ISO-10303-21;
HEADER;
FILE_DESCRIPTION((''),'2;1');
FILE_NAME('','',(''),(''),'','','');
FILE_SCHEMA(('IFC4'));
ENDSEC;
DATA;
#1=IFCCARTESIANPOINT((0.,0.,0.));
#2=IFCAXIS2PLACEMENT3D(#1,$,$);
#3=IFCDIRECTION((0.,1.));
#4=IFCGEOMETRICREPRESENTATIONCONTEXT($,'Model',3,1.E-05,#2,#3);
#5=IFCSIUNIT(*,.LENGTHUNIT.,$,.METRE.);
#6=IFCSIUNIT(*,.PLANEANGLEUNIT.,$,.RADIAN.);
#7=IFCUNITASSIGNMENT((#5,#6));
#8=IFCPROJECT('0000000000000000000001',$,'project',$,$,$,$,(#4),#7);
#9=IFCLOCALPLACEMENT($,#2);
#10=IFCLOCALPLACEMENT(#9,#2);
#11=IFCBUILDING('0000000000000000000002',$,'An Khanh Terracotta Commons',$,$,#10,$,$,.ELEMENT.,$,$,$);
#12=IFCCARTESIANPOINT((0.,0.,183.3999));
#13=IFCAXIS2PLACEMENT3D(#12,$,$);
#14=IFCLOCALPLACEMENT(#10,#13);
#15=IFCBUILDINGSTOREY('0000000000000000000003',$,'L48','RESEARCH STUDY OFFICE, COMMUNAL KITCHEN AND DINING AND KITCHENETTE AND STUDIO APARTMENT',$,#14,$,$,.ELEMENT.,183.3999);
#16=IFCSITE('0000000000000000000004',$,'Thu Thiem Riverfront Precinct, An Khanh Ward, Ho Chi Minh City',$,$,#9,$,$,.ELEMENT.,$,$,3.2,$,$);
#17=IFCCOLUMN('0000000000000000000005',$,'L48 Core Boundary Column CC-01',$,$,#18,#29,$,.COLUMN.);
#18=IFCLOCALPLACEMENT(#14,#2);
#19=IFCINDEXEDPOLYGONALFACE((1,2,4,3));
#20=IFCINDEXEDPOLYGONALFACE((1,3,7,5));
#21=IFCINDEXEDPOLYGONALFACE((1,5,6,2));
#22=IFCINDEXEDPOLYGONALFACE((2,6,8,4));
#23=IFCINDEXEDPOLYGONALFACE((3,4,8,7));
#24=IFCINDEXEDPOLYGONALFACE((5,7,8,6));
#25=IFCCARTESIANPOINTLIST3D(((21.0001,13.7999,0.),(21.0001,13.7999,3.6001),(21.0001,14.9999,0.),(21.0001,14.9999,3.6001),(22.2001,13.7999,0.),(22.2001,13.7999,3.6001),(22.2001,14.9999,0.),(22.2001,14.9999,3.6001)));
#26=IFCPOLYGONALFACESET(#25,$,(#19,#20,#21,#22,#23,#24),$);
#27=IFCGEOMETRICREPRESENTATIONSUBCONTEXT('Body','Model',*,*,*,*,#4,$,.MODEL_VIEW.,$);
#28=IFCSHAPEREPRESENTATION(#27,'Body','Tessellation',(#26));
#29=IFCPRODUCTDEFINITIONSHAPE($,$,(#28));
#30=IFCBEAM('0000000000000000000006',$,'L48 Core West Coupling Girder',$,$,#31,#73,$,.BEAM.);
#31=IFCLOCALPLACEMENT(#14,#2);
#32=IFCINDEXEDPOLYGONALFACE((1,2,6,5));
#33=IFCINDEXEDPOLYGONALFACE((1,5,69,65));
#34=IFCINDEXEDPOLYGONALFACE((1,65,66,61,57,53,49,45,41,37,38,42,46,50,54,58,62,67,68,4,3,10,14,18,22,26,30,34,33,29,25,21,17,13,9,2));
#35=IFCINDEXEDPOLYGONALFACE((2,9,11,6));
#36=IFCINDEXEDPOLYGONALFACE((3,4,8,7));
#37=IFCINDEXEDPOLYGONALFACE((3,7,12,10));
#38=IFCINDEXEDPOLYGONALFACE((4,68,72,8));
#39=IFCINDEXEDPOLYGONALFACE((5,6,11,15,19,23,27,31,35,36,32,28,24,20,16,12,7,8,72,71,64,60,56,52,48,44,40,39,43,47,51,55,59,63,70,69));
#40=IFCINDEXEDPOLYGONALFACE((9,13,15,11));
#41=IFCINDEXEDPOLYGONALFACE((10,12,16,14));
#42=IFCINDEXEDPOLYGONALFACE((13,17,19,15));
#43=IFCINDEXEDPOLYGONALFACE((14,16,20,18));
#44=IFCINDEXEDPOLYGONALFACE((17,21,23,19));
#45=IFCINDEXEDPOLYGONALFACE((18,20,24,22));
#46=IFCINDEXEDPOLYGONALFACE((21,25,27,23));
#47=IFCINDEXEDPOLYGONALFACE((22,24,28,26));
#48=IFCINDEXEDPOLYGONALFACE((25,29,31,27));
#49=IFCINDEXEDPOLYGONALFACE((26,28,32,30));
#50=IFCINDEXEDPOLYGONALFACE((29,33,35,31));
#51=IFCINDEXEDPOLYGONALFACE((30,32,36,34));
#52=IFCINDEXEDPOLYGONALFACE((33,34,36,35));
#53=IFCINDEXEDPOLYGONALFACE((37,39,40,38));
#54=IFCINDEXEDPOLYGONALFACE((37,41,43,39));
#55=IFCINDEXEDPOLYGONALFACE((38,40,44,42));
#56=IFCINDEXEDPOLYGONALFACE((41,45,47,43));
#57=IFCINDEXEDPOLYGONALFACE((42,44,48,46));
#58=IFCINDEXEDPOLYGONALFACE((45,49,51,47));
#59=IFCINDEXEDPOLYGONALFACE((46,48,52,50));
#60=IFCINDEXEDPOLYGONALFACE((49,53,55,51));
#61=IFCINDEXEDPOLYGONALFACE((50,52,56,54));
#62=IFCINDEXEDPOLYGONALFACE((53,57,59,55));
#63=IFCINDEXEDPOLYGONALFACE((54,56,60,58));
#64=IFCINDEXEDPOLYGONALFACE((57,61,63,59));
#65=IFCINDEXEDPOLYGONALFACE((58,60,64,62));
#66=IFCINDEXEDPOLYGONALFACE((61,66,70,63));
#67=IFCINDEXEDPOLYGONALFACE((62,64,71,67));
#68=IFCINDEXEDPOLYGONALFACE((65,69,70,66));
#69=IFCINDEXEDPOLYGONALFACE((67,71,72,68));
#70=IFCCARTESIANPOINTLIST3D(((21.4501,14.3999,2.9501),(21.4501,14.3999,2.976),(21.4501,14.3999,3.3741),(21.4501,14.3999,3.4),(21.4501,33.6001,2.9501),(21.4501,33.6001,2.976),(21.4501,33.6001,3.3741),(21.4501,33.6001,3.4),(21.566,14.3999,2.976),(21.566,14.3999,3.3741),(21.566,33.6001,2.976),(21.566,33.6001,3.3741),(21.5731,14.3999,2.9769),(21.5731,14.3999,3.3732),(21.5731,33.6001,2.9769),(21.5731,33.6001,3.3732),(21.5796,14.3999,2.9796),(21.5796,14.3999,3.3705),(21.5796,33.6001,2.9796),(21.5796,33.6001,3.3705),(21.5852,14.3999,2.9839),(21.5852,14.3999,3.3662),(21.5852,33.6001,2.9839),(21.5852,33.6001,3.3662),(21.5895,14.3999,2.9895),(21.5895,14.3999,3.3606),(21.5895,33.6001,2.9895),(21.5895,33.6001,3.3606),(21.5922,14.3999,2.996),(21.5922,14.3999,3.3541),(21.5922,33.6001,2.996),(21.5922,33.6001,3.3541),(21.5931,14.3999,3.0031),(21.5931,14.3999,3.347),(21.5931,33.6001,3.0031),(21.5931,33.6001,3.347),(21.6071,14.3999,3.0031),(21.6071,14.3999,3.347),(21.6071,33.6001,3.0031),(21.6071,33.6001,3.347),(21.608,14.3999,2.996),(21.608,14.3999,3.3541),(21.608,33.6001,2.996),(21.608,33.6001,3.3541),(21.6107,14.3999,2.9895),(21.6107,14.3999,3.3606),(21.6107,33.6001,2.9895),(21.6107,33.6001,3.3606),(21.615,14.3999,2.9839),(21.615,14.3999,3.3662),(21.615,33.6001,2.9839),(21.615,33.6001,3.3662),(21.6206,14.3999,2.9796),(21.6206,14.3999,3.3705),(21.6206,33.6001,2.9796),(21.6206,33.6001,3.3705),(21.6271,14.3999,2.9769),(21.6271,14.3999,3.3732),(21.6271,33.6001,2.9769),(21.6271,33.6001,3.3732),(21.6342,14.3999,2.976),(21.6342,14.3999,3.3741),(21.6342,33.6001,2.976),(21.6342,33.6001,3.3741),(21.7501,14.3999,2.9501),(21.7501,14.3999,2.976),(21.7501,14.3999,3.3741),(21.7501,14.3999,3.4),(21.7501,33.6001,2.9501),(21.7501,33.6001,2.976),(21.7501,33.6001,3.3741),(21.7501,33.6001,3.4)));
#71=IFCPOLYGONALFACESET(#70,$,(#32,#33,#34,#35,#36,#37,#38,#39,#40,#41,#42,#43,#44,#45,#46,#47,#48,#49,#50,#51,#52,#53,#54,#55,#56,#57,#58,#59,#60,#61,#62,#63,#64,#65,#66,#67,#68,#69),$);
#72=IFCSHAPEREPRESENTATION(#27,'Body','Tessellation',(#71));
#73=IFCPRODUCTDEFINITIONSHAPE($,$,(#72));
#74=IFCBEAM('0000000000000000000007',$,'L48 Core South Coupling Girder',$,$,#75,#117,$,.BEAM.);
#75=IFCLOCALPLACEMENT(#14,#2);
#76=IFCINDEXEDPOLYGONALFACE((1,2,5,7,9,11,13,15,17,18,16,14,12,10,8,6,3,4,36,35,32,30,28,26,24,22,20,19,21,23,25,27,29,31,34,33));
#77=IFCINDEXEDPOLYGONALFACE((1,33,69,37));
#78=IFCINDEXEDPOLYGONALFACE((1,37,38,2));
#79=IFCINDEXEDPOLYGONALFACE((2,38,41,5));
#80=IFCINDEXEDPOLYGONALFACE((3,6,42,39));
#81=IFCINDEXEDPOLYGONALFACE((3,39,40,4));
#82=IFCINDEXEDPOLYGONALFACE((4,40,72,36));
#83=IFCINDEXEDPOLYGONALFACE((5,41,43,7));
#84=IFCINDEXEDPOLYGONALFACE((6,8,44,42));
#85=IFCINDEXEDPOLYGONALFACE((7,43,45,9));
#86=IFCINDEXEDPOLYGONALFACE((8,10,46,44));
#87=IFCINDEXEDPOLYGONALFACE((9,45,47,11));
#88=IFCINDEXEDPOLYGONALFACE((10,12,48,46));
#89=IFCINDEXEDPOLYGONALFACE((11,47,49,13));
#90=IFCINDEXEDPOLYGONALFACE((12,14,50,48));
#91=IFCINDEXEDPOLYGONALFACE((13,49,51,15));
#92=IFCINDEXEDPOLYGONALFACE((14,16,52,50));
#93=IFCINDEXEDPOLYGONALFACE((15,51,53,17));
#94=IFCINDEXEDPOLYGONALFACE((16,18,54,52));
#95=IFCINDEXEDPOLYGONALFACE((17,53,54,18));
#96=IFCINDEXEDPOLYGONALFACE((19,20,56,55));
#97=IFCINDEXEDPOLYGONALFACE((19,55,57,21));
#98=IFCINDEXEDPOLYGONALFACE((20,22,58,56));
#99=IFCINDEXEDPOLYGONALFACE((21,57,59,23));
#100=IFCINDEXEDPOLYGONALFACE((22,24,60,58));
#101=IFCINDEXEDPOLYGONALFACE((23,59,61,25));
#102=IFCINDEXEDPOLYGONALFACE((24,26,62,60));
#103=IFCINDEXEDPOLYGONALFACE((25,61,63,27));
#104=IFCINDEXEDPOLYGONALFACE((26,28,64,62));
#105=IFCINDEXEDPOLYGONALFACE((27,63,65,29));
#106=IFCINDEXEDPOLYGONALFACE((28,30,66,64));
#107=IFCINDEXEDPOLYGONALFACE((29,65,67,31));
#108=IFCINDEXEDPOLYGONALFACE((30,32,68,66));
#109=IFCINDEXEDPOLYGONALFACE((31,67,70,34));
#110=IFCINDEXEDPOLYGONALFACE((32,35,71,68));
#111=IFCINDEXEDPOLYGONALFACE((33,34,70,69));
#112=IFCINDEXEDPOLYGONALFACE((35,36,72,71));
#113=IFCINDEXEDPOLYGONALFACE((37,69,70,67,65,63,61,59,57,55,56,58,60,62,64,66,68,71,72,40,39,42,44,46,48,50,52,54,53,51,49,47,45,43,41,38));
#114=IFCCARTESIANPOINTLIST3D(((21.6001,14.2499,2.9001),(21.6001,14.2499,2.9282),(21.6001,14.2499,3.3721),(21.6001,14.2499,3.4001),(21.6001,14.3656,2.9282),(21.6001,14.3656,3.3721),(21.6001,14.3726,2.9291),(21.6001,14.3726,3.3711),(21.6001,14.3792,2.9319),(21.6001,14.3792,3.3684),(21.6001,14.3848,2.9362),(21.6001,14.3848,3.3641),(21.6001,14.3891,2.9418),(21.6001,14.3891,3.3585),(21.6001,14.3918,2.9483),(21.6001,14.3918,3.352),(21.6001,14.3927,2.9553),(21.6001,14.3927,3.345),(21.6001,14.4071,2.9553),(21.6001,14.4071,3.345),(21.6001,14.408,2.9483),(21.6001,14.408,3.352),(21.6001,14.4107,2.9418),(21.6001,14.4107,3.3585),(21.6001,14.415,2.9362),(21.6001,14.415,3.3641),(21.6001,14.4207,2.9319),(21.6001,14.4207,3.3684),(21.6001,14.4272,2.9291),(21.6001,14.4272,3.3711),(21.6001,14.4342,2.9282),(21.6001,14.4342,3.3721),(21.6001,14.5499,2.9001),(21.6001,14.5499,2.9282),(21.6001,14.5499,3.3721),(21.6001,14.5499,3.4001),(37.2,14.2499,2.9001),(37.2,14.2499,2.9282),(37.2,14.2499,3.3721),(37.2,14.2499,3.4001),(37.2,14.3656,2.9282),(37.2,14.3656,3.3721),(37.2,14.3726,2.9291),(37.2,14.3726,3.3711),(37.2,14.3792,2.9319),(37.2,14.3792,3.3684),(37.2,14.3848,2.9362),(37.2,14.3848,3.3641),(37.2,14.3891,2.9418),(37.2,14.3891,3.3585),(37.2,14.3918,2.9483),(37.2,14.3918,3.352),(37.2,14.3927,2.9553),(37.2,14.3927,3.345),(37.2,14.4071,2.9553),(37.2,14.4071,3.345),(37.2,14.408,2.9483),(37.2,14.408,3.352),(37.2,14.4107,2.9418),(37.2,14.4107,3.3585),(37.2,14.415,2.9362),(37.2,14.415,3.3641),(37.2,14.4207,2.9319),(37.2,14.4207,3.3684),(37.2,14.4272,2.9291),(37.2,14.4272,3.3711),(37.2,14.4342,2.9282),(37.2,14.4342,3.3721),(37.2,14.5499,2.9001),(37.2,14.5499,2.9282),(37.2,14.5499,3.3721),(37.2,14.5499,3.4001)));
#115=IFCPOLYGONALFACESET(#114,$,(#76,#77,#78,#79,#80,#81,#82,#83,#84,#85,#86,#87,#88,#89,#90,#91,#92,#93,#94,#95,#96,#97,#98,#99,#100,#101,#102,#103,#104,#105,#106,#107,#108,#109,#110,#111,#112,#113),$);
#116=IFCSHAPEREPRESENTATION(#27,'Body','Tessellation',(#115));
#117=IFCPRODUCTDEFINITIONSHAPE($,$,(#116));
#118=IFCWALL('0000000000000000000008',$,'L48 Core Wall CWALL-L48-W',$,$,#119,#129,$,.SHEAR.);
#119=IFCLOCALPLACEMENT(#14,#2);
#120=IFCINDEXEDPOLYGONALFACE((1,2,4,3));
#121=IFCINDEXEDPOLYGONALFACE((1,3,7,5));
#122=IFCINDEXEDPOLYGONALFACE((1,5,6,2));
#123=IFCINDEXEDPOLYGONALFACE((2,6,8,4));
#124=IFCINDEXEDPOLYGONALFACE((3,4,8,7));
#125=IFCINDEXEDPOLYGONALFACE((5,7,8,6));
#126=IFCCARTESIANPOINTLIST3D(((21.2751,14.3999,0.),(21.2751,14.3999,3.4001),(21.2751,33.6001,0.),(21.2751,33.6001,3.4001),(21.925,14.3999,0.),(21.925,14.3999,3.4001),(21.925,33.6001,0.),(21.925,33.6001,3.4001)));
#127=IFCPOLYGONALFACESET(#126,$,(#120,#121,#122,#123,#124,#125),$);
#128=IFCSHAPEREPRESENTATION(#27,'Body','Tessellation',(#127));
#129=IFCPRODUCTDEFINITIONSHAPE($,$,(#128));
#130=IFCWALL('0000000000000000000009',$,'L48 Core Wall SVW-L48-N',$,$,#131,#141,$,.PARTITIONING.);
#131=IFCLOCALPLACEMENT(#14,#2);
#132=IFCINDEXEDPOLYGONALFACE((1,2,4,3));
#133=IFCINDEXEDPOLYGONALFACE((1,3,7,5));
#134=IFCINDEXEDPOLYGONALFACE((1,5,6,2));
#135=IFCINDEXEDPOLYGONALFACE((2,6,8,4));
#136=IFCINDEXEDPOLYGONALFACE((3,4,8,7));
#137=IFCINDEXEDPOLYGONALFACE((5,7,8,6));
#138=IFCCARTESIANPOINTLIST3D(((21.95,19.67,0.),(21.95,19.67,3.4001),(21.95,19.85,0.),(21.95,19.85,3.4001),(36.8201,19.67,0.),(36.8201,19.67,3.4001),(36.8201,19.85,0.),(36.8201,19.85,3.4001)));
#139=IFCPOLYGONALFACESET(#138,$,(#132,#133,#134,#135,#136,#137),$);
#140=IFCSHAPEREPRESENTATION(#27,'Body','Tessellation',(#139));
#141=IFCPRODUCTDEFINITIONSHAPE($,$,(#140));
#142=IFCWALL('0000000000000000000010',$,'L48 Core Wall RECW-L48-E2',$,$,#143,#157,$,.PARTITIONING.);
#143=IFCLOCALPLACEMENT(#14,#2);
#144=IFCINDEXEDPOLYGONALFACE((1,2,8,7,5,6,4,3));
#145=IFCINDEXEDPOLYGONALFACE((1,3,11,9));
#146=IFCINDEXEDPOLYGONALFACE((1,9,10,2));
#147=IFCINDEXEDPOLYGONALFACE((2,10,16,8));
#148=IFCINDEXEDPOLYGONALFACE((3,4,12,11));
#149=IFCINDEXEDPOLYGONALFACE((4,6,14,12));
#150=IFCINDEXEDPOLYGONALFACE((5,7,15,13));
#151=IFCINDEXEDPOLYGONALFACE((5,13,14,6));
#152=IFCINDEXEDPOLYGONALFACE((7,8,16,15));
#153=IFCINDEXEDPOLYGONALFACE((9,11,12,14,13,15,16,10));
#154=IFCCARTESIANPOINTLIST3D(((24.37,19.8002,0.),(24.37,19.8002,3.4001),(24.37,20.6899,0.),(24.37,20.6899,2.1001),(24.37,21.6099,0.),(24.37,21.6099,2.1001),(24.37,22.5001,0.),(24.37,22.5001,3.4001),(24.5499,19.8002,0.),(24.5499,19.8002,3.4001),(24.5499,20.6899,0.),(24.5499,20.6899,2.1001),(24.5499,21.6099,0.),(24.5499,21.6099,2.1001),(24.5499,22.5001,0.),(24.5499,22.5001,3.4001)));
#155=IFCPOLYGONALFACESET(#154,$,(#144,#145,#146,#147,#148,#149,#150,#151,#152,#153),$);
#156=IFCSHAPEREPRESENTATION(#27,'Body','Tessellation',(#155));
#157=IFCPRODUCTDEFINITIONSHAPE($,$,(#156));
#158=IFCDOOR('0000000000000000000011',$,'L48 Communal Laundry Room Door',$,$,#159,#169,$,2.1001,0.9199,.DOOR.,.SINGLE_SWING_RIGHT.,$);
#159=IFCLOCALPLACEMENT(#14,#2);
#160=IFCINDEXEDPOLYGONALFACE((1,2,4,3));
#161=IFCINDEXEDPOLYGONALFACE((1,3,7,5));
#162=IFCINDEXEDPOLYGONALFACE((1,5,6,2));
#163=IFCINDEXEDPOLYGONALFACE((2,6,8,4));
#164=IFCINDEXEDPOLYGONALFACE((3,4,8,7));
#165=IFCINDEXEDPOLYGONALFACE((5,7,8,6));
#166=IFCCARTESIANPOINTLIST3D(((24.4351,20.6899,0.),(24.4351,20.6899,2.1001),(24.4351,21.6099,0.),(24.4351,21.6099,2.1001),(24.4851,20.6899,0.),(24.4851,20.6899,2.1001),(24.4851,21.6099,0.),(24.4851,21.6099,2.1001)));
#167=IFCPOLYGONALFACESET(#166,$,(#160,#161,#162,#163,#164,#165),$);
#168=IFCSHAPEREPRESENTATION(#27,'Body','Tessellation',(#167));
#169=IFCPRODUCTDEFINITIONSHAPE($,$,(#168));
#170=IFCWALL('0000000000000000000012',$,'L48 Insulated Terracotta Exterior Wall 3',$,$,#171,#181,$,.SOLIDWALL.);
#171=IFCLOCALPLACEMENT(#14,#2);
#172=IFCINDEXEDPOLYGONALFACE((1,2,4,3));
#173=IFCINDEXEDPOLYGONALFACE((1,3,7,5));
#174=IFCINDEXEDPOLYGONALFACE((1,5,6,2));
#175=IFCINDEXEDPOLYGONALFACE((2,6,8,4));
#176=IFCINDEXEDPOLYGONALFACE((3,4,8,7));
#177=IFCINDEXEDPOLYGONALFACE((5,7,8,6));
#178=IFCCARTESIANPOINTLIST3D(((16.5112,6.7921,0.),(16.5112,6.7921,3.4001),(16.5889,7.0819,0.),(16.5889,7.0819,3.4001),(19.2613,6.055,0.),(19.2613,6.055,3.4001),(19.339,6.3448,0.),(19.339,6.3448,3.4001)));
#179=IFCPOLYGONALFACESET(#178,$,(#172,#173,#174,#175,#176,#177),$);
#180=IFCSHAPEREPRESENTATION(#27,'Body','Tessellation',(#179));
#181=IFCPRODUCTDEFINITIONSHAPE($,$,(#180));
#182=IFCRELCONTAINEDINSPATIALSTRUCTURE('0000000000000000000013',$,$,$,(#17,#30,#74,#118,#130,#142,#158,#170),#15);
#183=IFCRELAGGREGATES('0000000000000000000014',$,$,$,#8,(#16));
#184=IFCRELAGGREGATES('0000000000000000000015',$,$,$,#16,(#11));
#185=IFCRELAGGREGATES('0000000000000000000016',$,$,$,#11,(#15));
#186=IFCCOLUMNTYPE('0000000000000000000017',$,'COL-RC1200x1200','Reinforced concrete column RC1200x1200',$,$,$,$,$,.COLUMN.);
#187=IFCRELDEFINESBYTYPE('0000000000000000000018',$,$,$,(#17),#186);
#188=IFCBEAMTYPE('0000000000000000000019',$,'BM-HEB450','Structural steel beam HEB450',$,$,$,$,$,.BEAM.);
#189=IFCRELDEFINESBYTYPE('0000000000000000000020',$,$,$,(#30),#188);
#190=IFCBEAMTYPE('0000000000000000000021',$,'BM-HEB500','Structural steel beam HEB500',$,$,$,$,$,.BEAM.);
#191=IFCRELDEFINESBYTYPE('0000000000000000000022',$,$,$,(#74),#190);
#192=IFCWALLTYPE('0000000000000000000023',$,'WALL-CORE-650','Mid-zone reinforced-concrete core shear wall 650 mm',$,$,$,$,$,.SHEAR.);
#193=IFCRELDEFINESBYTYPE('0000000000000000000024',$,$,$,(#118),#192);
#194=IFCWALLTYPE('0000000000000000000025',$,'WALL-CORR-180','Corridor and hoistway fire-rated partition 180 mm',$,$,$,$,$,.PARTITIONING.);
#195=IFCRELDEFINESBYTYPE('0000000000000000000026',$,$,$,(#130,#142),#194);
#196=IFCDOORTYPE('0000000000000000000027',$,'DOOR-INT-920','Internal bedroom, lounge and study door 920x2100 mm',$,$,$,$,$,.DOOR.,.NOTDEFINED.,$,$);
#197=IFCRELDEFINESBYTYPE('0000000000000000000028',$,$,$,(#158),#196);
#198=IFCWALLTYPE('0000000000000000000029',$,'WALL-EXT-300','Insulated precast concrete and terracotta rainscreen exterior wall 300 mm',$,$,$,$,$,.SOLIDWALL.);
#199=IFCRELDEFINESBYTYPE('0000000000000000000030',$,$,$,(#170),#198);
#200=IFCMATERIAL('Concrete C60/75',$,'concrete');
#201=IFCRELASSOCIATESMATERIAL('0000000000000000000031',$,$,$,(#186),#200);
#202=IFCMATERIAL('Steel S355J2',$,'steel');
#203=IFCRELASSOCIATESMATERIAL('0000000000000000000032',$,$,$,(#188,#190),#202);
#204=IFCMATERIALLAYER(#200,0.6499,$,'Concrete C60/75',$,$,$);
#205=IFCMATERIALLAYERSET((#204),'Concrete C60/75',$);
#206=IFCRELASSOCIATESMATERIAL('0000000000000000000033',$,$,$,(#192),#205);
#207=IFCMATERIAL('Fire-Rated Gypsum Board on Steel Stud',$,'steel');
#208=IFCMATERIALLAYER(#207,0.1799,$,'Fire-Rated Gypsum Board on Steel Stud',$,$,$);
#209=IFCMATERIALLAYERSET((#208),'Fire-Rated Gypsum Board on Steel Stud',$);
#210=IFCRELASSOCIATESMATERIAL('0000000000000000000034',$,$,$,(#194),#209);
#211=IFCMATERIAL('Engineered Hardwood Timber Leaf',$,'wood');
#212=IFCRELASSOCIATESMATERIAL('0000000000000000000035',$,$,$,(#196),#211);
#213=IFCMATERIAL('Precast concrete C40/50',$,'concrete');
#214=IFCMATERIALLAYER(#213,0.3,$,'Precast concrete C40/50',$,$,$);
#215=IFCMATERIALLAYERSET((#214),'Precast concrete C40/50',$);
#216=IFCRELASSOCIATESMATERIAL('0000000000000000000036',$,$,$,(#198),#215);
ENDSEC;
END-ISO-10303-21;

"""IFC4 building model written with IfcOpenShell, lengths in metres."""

from ifc_helpers import new_model, si_unit, direction, frame, frame_2d, origin, origin_2d, place, context, subcontext, project, spatial, rectangle, i_section, extrude, material, layer, layer_set, material_profile, profile_set, type_object, element, fill, save


model = new_model("IFC4")

# Units and contexts
model_context = context("Model", 3, precision=1e-05, world=origin(), true_north=direction((0.0, 1.0)))
body_context = subcontext(model_context, "Body", "Model", "MODEL_VIEW")
ifc_project = project(units=[si_unit("LENGTHUNIT", "METRE"), si_unit("PLANEANGLEUNIT", "RADIAN")], contexts=[model_context])

# Site, building, storey
site_placement = place(None, origin())
site = spatial("IfcSite", under=ifc_project, at=site_placement, Name="Thu Thiem Riverfront Precinct, An Khanh Ward, Ho Chi Minh City", CompositionType="ELEMENT", RefElevation=3.2)
building_placement = place(site_placement, origin())
building = spatial("IfcBuilding", under=site, at=building_placement, Name="An Khanh Terracotta Commons", CompositionType="ELEMENT")
storey_placement = place(building_placement, frame((0.0, 0.0, 183.3999)))
storey = spatial("IfcBuildingStorey", under=building, at=storey_placement, Name="L48", Description="RESEARCH STUDY OFFICE, COMMUNAL KITCHEN AND DINING AND KITCHENETTE AND STUDIO APARTMENT", CompositionType="ELEMENT", Elevation=183.3999)

# Column
ifc_material_1 = material(Name="Concrete C60/75", Category="concrete")
ifc_material_profile_1 = material_profile(ifc_material_1, rectangle(XDim=1.2, YDim=1.2, at=origin_2d()), Name="RC1200x1200")
ifc_profile_set_1 = profile_set([ifc_material_profile_1], Name="Concrete C60/75")
column_type = type_object("IfcColumnType", Name="COL-RC1200x1200", Description="Reinforced concrete column RC1200x1200", PredefinedType="COLUMN", material=ifc_profile_set_1)
column_placement = place(storey_placement, frame((21.6001, 14.3999, 0.0), z_axis=(0.0, 0.0, 1.0), x_axis=(1.0, 0.0, 0.0)))
element("IfcColumn", 1, at=column_placement, inside=storey, type_object=column_type, Name="L48 Core Boundary Column CC-01", PredefinedType="COLUMN", context=body_context, shape_type="SweptSolid", body=[
    extrude(rectangle(XDim=1.2, YDim=1.2, at=origin_2d()), origin(), (0.0, 0.0, 1.0), 3.6001),
])

# Beams
ifc_material_2 = material(Name="Steel S355J2", Category="steel")
ifc_material_profile_2 = material_profile(ifc_material_2, i_section(OverallWidth=0.3, OverallDepth=0.45, WebThickness=0.0139, FlangeThickness=0.0259, FilletRadius=0.0271, at=origin_2d()), Name="HEB450")
ifc_profile_set_2 = profile_set([ifc_material_profile_2], Name="Steel S355J2")
beam_type_1 = type_object("IfcBeamType", Name="BM-HEB450", Description="Structural steel beam HEB450", PredefinedType="BEAM", material=ifc_profile_set_2)
beam_1_placement = place(storey_placement, frame((21.6001, 14.3999, 3.175), z_axis=(0.0, 1.0, 0.0), x_axis=(-1.0, 0.0, 0.0)))
element("IfcBeam", 2, at=beam_1_placement, inside=storey, type_object=beam_type_1, Name="L48 Core West Coupling Girder", PredefinedType="BEAM", context=body_context, shape_type="SweptSolid", body=[
    extrude(i_section(OverallWidth=0.3, OverallDepth=0.45, WebThickness=0.0139, FlangeThickness=0.0259, FilletRadius=0.0271, at=origin_2d()), origin(), (0.0, 0.0, 1.0), 19.2002),
])
ifc_material_profile_3 = material_profile(ifc_material_2, i_section(OverallWidth=0.3, OverallDepth=0.5, WebThickness=0.0144, FlangeThickness=0.0281, FilletRadius=0.0271, at=origin_2d()), Name="HEB500")
ifc_profile_set_3 = profile_set([ifc_material_profile_3], Name="Steel S355J2")
beam_type_2 = type_object("IfcBeamType", Name="BM-HEB500", Description="Structural steel beam HEB500", PredefinedType="BEAM", material=ifc_profile_set_3)
beam_2_placement = place(storey_placement, frame((21.6001, 14.3999, 3.1501), z_axis=(1.0, 0.0, 0.0), x_axis=(0.0, 1.0, 0.0)))
element("IfcBeam", 3, at=beam_2_placement, inside=storey, type_object=beam_type_2, Name="L48 Core South Coupling Girder", PredefinedType="BEAM", context=body_context, shape_type="SweptSolid", body=[
    extrude(i_section(OverallWidth=0.3, OverallDepth=0.5, WebThickness=0.0144, FlangeThickness=0.0281, FilletRadius=0.0271, at=origin_2d()), origin(), (0.0, 0.0, 1.0), 15.5999),
])

# Walls
ifc_layer_1 = layer(ifc_material_1, 0.6499, Name="Concrete C60/75")
ifc_layer_set_1 = layer_set([ifc_layer_1], Name="Concrete C60/75")
wall_type_1 = type_object("IfcWallType", Name="WALL-CORE-650", Description="Mid-zone reinforced-concrete core shear wall 650 mm", PredefinedType="SHEAR", material=ifc_layer_set_1)
wall_1_placement = place(storey_placement, frame((21.6001, 14.3999, 0.0), z_axis=(0.0, 0.0, 1.0), x_axis=(0.0, 1.0, 0.0)))
element("IfcWall", 4, at=wall_1_placement, inside=storey, type_object=wall_type_1, Name="L48 Core Wall CWALL-L48-W", PredefinedType="SHEAR", context=body_context, shape_type="SweptSolid", body=[
    extrude(rectangle(XDim=19.2002, YDim=0.6499, at=frame_2d((9.6001, 0.0))), origin(), (0.0, 0.0, 1.0), 3.4001),
])
ifc_material_3 = material(Name="Fire-Rated Gypsum Board on Steel Stud", Category="steel")
ifc_layer_2 = layer(ifc_material_3, 0.1799, Name="Fire-Rated Gypsum Board on Steel Stud")
ifc_layer_set_2 = layer_set([ifc_layer_2], Name="Fire-Rated Gypsum Board on Steel Stud")
wall_type_2 = type_object("IfcWallType", Name="WALL-CORR-180", Description="Corridor and hoistway fire-rated partition 180 mm", PredefinedType="PARTITIONING", material=ifc_layer_set_2)
wall_2_placement = place(storey_placement, frame((21.95, 19.76, 0.0), z_axis=(0.0, 0.0, 1.0), x_axis=(1.0, 0.0, 0.0)))
element("IfcWall", 5, at=wall_2_placement, inside=storey, type_object=wall_type_2, Name="L48 Core Wall SVW-L48-N", PredefinedType="PARTITIONING", context=body_context, shape_type="SweptSolid", body=[
    extrude(rectangle(XDim=14.8701, YDim=0.1799, at=frame_2d((7.4351, 0.0))), origin(), (0.0, 0.0, 1.0), 3.4001),
])

# Wall, opening, door
wall_3_placement = place(storey_placement, frame((24.46, 19.8, 0.0), z_axis=(0.0, 0.0, 1.0), x_axis=(0.0, 1.0, 0.0)))
wall_3 = element("IfcWall", 6, at=wall_3_placement, inside=storey, type_object=wall_type_2, Name="L48 Core Wall RECW-L48-E2", PredefinedType="PARTITIONING", context=body_context, shape_type="SweptSolid", body=[
    extrude(rectangle(XDim=2.7, YDim=0.1799, at=frame_2d((1.3501, 0.0))), origin(), (0.0, 0.0, 1.0), 3.4001),
])
opening_1_placement = place(wall_3_placement, frame((0.8899, 0.0, 0.0)))
opening_1 = element("IfcOpeningElement", 7, at=opening_1_placement, cuts=wall_3, PredefinedType="OPENING", context=body_context, shape_type="SweptSolid", body=[
    extrude(rectangle(XDim=0.9199, YDim=2.1001, at=frame_2d((0.46, 1.05))), frame((0.0, 0.0999, 0.0), z_axis=(0.0, -1.0, 0.0), x_axis=(1.0, 0.0, 0.0)), (0.0, 0.0, 1.0), 0.2),
])
ifc_material_4 = material(Name="Engineered Hardwood Timber Leaf", Category="wood")
door_type_1 = type_object("IfcDoorType", Name="DOOR-INT-920", Description="Internal bedroom, lounge and study door 920x2100 mm", OperationType="NOTDEFINED", PredefinedType="DOOR", material=ifc_material_4)
door_1_placement = place(opening_1_placement, origin())
door_1 = element("IfcDoor", 8, at=door_1_placement, inside=storey, type_object=door_type_1, Name="L48 Communal Laundry Room Door", OperationType="SINGLE_SWING_RIGHT", OverallHeight=2.1001, OverallWidth=0.9199, PredefinedType="DOOR", context=body_context, shape_type="SweptSolid", body=[
    extrude(rectangle(XDim=0.9199, YDim=2.1001, at=frame_2d((0.46, 1.05))), frame((0.0, 0.0249, 0.0), z_axis=(0.0, -1.0, 0.0), x_axis=(1.0, 0.0, 0.0)), (0.0, 0.0, 1.0), 0.05),
])
fill(opening_1, door_1)

# Wall
ifc_material_5 = material(Name="Precast concrete C40/50", Category="concrete")
ifc_layer_3 = layer(ifc_material_5, 0.3, Name="Precast concrete C40/50")
ifc_layer_set_3 = layer_set([ifc_layer_3], Name="Precast concrete C40/50")
wall_type_3 = type_object("IfcWallType", Name="WALL-EXT-300", Description="Insulated precast concrete and terracotta rainscreen exterior wall 300 mm", PredefinedType="SOLIDWALL", material=ifc_layer_set_3)
wall_4_placement = place(storey_placement, frame((16.55, 6.937, 0.0), z_axis=(0.0, 0.0, 1.0), x_axis=(0.965908, -0.258885, 0.0)))
element("IfcWall", 9, at=wall_4_placement, inside=storey, type_object=wall_type_3, Name="L48 Insulated Terracotta Exterior Wall 3", PredefinedType="SOLIDWALL", context=body_context, shape_type="SweptSolid", body=[
    extrude(rectangle(XDim=2.8472, YDim=0.3, at=frame_2d((1.4236, 0.0))), origin(), (0.0, 0.0, 1.0), 3.4001),
])

save(model, "model.ifc")
